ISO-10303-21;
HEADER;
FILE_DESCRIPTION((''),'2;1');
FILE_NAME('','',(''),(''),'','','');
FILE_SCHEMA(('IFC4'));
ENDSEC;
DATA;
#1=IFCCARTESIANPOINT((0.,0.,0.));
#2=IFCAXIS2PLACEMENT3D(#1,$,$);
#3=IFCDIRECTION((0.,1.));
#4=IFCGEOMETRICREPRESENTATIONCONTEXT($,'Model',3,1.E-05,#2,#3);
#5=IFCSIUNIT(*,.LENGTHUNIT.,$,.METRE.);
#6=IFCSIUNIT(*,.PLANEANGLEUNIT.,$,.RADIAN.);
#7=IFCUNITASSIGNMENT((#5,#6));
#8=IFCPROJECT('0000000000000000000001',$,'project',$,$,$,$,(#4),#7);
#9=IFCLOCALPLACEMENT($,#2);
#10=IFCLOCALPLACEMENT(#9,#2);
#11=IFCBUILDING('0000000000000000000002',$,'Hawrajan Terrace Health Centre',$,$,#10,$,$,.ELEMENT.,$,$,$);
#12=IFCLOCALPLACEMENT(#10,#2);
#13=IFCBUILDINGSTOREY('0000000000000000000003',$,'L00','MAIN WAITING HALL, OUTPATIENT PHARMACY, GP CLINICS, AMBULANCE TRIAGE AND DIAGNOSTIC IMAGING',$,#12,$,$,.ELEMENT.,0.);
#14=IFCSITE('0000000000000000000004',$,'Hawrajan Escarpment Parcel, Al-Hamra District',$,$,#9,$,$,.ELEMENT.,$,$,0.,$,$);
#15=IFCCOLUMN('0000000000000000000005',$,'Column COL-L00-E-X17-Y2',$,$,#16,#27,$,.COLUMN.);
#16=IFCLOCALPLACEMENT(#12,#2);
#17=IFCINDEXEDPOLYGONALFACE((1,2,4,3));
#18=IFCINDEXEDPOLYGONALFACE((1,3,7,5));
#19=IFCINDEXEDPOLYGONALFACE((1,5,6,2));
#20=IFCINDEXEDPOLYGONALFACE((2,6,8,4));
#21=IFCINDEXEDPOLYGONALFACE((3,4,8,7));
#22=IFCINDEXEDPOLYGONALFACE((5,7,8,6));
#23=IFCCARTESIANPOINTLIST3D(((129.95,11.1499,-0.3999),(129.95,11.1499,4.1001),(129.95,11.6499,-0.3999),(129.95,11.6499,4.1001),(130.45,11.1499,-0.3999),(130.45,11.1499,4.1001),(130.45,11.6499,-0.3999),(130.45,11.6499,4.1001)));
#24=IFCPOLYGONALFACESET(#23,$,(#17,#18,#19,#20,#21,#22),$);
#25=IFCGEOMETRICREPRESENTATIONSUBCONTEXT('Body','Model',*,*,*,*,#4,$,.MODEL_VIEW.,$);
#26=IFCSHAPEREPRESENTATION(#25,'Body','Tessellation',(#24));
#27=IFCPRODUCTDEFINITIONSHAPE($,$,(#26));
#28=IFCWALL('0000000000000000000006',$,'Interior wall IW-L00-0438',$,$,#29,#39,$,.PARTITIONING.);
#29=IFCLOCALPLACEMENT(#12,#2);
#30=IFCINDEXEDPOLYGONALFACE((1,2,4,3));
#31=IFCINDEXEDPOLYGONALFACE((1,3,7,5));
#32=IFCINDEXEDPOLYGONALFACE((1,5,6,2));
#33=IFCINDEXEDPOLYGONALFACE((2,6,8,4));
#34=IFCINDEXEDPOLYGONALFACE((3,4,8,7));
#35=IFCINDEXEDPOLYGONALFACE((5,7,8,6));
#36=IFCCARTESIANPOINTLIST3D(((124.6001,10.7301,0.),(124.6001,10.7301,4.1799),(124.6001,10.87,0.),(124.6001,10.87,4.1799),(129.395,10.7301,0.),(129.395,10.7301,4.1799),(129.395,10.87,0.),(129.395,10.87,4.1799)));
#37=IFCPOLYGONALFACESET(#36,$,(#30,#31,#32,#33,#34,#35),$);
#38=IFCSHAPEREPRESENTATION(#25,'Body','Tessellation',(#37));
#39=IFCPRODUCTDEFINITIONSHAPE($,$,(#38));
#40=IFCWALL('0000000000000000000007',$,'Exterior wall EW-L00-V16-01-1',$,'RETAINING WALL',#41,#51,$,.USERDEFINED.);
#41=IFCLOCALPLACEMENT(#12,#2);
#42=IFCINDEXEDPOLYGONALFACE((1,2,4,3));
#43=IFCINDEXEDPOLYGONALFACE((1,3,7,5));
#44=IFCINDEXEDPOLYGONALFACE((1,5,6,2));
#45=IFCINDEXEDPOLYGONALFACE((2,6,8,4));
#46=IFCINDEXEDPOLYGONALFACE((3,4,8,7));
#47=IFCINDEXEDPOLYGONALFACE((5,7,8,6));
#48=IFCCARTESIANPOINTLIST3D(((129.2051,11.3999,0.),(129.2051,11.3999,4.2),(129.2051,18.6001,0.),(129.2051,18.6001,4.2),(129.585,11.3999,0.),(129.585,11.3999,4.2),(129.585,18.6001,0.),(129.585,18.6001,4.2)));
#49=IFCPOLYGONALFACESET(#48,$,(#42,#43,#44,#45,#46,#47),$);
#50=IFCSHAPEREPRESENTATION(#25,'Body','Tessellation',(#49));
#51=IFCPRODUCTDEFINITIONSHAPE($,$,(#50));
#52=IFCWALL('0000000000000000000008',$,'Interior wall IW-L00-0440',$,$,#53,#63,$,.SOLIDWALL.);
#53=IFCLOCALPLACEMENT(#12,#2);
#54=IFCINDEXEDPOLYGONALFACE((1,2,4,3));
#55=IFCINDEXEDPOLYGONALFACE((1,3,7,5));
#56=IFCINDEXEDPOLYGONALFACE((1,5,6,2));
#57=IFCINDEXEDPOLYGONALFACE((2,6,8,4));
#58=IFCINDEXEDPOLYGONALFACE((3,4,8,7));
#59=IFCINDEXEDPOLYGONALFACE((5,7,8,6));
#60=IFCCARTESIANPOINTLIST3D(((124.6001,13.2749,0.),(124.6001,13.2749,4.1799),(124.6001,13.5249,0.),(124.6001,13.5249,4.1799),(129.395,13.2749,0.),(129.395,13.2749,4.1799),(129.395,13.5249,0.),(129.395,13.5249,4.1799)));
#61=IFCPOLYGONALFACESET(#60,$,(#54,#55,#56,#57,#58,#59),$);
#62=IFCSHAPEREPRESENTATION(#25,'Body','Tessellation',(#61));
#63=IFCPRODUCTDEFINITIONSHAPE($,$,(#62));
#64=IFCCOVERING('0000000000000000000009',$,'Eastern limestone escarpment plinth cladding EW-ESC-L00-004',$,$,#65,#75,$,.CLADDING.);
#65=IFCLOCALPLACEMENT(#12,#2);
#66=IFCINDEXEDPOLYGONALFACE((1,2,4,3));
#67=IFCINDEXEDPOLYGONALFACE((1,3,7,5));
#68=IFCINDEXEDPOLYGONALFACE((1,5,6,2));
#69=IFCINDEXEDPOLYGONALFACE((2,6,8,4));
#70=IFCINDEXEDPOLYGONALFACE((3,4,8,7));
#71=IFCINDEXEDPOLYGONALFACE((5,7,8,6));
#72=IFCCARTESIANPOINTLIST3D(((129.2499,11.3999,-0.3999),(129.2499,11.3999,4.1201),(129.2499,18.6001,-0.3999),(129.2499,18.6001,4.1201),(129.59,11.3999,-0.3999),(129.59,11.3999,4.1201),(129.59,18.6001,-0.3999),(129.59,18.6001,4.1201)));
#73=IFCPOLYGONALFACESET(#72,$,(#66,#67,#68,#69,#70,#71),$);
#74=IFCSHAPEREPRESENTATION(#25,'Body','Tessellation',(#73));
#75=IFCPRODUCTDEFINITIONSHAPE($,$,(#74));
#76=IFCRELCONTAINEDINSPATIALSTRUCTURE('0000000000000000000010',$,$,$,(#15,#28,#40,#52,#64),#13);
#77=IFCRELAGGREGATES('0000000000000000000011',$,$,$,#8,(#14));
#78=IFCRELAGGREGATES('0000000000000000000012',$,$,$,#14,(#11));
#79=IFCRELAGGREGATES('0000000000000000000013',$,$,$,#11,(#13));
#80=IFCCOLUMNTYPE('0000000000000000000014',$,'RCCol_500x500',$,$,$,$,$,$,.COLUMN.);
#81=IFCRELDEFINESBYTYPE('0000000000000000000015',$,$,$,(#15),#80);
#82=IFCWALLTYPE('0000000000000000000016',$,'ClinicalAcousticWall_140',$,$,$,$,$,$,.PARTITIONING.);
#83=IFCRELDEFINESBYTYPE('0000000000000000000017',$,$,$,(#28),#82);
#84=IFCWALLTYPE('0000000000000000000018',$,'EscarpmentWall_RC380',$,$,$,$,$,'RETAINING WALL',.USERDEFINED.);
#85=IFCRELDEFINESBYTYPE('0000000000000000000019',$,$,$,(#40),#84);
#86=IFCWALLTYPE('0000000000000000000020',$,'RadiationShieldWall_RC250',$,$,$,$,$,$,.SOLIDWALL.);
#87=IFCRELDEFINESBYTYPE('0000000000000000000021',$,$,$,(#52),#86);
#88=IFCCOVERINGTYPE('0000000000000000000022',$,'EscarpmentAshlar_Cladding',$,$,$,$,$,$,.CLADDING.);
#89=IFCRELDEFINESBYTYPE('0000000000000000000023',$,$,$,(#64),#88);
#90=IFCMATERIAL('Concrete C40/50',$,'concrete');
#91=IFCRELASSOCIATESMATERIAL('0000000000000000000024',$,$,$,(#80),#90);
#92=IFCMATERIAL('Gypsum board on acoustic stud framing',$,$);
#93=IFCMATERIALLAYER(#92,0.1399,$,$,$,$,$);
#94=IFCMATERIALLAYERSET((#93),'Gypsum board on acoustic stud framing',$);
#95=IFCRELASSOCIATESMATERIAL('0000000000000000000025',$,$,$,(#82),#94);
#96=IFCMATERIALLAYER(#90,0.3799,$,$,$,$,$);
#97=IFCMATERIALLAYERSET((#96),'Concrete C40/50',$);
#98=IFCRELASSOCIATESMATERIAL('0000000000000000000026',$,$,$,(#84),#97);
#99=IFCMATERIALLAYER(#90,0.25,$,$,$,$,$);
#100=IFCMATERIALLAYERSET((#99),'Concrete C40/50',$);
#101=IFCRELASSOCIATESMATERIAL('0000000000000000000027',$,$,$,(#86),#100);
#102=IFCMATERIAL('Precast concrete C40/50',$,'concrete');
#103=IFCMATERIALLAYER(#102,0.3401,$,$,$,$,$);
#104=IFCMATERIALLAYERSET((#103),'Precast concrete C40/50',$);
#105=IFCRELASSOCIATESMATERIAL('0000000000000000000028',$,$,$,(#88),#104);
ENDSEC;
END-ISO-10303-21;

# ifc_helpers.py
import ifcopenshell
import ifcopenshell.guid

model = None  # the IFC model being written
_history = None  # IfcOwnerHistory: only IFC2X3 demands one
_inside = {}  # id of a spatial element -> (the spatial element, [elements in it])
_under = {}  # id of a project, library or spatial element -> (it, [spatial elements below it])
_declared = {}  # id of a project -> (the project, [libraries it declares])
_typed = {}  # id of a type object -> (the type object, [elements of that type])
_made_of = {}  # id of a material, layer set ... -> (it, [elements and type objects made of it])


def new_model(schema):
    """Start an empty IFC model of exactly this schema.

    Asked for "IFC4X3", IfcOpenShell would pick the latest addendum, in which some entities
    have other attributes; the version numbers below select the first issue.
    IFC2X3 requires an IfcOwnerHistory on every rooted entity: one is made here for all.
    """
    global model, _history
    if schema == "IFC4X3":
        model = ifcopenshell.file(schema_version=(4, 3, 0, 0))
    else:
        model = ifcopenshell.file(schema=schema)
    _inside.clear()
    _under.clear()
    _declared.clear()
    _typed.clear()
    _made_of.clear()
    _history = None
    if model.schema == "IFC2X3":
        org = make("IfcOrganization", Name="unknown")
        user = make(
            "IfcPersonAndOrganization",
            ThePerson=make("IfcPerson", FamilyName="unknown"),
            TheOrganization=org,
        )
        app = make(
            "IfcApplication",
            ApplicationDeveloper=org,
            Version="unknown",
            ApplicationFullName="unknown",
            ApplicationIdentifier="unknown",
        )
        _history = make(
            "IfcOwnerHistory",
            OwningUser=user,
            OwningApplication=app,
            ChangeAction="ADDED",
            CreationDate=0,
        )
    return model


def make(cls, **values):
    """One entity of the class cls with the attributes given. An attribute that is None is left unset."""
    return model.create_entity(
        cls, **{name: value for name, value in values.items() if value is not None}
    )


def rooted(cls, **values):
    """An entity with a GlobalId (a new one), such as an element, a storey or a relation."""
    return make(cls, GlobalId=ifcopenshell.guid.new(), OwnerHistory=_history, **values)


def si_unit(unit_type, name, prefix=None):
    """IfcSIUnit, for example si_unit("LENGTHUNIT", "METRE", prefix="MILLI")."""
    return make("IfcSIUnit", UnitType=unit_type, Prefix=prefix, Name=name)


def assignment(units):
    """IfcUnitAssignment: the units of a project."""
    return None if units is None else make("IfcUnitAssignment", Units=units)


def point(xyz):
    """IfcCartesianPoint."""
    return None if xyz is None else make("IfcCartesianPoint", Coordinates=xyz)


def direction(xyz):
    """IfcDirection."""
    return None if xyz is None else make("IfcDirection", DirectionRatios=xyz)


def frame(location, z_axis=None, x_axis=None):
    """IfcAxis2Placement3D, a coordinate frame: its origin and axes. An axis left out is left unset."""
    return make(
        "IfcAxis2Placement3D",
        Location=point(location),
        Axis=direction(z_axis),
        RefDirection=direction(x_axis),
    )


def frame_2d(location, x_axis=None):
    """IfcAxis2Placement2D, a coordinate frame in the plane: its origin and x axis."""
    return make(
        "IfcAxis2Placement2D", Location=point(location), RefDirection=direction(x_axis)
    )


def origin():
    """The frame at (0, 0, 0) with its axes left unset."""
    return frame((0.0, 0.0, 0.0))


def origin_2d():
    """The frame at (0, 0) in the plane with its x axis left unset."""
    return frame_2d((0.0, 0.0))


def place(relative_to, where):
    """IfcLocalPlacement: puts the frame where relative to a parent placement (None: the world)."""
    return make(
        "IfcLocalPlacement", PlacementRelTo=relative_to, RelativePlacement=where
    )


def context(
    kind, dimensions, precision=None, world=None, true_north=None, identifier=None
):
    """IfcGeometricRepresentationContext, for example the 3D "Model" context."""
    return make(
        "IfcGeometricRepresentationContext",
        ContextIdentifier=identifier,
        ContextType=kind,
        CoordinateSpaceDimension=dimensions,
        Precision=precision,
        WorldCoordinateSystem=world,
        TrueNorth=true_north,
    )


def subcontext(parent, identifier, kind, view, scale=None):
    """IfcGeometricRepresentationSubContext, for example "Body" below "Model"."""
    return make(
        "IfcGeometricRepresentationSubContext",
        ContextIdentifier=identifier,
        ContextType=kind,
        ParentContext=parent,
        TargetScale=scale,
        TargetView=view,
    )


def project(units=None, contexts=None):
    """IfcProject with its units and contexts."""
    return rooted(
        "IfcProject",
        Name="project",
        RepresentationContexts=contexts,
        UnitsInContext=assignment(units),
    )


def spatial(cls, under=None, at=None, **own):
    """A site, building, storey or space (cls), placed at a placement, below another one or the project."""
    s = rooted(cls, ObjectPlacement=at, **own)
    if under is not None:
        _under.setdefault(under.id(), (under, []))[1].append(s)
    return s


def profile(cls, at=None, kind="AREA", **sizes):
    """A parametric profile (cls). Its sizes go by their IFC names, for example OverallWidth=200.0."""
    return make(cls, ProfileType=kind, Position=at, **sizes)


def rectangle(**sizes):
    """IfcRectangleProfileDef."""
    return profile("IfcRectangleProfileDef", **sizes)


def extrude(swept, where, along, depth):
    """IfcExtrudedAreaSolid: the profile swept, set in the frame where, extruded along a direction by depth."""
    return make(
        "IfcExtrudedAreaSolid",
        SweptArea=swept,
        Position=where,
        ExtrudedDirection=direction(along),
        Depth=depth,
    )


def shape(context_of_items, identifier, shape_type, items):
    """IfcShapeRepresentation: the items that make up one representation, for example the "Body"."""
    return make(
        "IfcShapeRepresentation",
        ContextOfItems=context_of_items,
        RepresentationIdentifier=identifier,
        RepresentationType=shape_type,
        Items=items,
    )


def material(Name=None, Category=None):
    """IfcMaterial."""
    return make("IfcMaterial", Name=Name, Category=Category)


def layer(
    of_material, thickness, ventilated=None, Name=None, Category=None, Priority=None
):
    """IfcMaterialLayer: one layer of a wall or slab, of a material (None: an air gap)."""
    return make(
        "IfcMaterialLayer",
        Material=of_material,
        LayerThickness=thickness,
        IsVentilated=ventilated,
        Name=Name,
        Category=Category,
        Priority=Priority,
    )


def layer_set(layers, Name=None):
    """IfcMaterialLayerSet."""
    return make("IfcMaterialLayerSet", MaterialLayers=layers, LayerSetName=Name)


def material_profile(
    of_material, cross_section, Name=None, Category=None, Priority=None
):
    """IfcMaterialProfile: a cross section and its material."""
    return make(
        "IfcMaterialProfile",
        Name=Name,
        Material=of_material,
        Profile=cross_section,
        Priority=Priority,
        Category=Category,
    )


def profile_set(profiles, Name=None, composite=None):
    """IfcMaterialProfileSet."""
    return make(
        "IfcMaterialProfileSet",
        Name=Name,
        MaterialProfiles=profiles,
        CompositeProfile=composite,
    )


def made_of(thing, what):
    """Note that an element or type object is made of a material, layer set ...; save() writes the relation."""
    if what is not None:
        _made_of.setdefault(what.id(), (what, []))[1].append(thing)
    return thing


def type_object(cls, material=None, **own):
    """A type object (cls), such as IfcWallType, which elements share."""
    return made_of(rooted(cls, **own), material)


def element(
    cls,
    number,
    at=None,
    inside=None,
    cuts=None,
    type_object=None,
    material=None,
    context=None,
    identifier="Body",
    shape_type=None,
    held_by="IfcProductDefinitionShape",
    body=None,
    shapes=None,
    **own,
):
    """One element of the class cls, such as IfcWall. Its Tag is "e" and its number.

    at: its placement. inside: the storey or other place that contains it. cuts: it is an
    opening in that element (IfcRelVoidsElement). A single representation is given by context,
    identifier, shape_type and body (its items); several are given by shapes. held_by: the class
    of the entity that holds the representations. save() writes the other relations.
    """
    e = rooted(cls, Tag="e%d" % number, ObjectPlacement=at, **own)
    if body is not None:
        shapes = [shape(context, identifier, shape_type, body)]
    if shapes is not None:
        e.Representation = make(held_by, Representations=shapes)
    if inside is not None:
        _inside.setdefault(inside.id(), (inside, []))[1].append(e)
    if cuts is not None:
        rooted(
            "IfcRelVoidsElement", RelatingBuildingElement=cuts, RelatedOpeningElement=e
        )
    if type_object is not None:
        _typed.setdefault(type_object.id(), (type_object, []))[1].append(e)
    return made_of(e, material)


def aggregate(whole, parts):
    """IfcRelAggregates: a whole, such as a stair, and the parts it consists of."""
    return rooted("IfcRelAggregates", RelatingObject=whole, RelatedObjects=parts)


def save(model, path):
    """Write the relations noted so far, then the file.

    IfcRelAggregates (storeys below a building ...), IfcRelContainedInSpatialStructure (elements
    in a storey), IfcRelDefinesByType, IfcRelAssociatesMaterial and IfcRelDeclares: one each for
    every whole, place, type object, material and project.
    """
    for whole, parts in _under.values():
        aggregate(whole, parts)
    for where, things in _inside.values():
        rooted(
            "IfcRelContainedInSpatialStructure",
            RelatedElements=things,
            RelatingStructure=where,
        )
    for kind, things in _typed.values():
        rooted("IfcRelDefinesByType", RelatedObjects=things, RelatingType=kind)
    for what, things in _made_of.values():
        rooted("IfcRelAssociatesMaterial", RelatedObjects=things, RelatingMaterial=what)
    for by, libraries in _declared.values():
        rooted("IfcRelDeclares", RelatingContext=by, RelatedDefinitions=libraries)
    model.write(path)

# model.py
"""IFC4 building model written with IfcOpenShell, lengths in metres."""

from ifc_helpers import new_model, si_unit, direction, frame, frame_2d, origin, origin_2d, place, context, subcontext, project, spatial, rectangle, extrude, material, layer, layer_set, material_profile, profile_set, type_object, element, save


model = new_model("IFC4")

# Units and contexts
model_context = context("Model", 3, precision=1e-05, world=origin(), true_north=direction((0.0, 1.0)))
body_context = subcontext(model_context, "Body", "Model", "MODEL_VIEW")
ifc_project = project(units=[si_unit("LENGTHUNIT", "METRE"), si_unit("PLANEANGLEUNIT", "RADIAN")], contexts=[model_context])

# Site, building, storey
site_placement = place(None, origin())
site = spatial("IfcSite", under=ifc_project, at=site_placement, Name="Hawrajan Escarpment Parcel, Al-Hamra District", CompositionType="ELEMENT", RefElevation=0.0)
building_placement = place(site_placement, origin())
building = spatial("IfcBuilding", under=site, at=building_placement, Name="Hawrajan Terrace Health Centre", CompositionType="ELEMENT")
storey_placement = place(building_placement, origin())
storey = spatial("IfcBuildingStorey", under=building, at=storey_placement, Name="L00", Description="MAIN WAITING HALL, OUTPATIENT PHARMACY, GP CLINICS, AMBULANCE TRIAGE AND DIAGNOSTIC IMAGING", CompositionType="ELEMENT", Elevation=0.0)

# Shared definitions
ifc_material_1 = material(Name="Concrete C40/50", Category="concrete")

# Column
ifc_material_profile_1 = material_profile(ifc_material_1, rectangle(XDim=0.5, YDim=0.5, at=origin_2d()), Name="RC 500x500")
ifc_profile_set_1 = profile_set([ifc_material_profile_1], Name="Concrete C40/50")
column_type_1 = type_object("IfcColumnType", Name="RCCol_500x500", PredefinedType="COLUMN", material=ifc_profile_set_1)
column_1_placement = place(storey_placement, frame((130.2, 11.3999, -0.3999), z_axis=(0.0, 0.0, 1.0), x_axis=(1.0, 0.0, 0.0)))
element("IfcColumn", 1, at=column_1_placement, inside=storey, type_object=column_type_1, Name="Column COL-L00-E-X17-Y2", PredefinedType="COLUMN", context=body_context, shape_type="SweptSolid", body=[
    extrude(rectangle(XDim=0.5, YDim=0.5, at=origin_2d()), origin(), (0.0, 0.0, 1.0), 4.5),
])

# Walls
ifc_material_2 = material(Name="Gypsum board on acoustic stud framing")
ifc_layer_1 = layer(ifc_material_2, 0.1399)
ifc_layer_set_1 = layer_set([ifc_layer_1], Name="Gypsum board on acoustic stud framing")
wall_type_1 = type_object("IfcWallType", Name="ClinicalAcousticWall_140", PredefinedType="PARTITIONING", material=ifc_layer_set_1)
wall_1_placement = place(storey_placement, frame((124.6001, 10.8, 0.0), z_axis=(0.0, 0.0, 1.0), x_axis=(1.0, 0.0, 0.0)))
element("IfcWall", 2, at=wall_1_placement, inside=storey, type_object=wall_type_1, Name="Interior wall IW-L00-0438", PredefinedType="PARTITIONING", context=body_context, shape_type="SweptSolid", body=[
    extrude(rectangle(XDim=4.7949, YDim=0.1399, at=frame_2d((2.3975, 0.0))), origin(), (0.0, 0.0, 1.0), 4.1799),
])
ifc_layer_2 = layer(ifc_material_1, 0.3799)
ifc_layer_set_2 = layer_set([ifc_layer_2], Name="Concrete C40/50")
wall_type_2 = type_object("IfcWallType", Name="EscarpmentWall_RC380", ElementType="RETAINING WALL", PredefinedType="USERDEFINED", material=ifc_layer_set_2)
wall_2_placement = place(storey_placement, frame((129.395, 11.3999, 0.0), z_axis=(0.0, 0.0, 1.0), x_axis=(0.0, 1.0, 0.0)))
element("IfcWall", 3, at=wall_2_placement, inside=storey, type_object=wall_type_2, Name="Exterior wall EW-L00-V16-01-1", ObjectType="RETAINING WALL", PredefinedType="USERDEFINED", context=body_context, shape_type="SweptSolid", body=[
    extrude(rectangle(XDim=7.2002, YDim=0.3799, at=frame_2d((3.6001, 0.0))), origin(), (0.0, 0.0, 1.0), 4.2),
])

# Shared definitions
ifc_layer_3 = layer(ifc_material_1, 0.25)
ifc_layer_set_3 = layer_set([ifc_layer_3], Name="Concrete C40/50")
wall_type_3 = type_object("IfcWallType", Name="RadiationShieldWall_RC250", PredefinedType="SOLIDWALL", material=ifc_layer_set_3)

# Wall
wall_3_placement = place(storey_placement, frame((124.6001, 13.3999, 0.0), z_axis=(0.0, 0.0, 1.0), x_axis=(1.0, 0.0, 0.0)))
element("IfcWall", 4, at=wall_3_placement, inside=storey, type_object=wall_type_3, Name="Interior wall IW-L00-0440", PredefinedType="SOLIDWALL", context=body_context, shape_type="SweptSolid", body=[
    extrude(rectangle(XDim=4.7949, YDim=0.25, at=frame_2d((2.3975, 0.0))), origin(), (0.0, 0.0, 1.0), 4.1799),
])

# Covering
ifc_material_3 = material(Name="Precast concrete C40/50", Category="concrete")
ifc_layer_4 = layer(ifc_material_3, 0.3401)
ifc_layer_set_4 = layer_set([ifc_layer_4], Name="Precast concrete C40/50")
covering_type = type_object("IfcCoveringType", Name="EscarpmentAshlar_Cladding", PredefinedType="CLADDING", material=ifc_layer_set_4)
covering_placement = place(storey_placement, frame((129.4199, 11.3999, -0.3999), z_axis=(0.0, 0.0, 1.0), x_axis=(0.0, 1.0, 0.0)))
element("IfcCovering", 5, at=covering_placement, inside=storey, type_object=covering_type, Name="Eastern limestone escarpment plinth cladding EW-ESC-L00-004", PredefinedType="CLADDING", context=body_context, shape_type="SweptSolid", body=[
    extrude(rectangle(XDim=7.2002, YDim=0.3401, at=frame_2d((3.6001, 0.0))), origin(), (0.0, 0.0, 1.0), 4.52),
])

save(model, "model.ifc")
